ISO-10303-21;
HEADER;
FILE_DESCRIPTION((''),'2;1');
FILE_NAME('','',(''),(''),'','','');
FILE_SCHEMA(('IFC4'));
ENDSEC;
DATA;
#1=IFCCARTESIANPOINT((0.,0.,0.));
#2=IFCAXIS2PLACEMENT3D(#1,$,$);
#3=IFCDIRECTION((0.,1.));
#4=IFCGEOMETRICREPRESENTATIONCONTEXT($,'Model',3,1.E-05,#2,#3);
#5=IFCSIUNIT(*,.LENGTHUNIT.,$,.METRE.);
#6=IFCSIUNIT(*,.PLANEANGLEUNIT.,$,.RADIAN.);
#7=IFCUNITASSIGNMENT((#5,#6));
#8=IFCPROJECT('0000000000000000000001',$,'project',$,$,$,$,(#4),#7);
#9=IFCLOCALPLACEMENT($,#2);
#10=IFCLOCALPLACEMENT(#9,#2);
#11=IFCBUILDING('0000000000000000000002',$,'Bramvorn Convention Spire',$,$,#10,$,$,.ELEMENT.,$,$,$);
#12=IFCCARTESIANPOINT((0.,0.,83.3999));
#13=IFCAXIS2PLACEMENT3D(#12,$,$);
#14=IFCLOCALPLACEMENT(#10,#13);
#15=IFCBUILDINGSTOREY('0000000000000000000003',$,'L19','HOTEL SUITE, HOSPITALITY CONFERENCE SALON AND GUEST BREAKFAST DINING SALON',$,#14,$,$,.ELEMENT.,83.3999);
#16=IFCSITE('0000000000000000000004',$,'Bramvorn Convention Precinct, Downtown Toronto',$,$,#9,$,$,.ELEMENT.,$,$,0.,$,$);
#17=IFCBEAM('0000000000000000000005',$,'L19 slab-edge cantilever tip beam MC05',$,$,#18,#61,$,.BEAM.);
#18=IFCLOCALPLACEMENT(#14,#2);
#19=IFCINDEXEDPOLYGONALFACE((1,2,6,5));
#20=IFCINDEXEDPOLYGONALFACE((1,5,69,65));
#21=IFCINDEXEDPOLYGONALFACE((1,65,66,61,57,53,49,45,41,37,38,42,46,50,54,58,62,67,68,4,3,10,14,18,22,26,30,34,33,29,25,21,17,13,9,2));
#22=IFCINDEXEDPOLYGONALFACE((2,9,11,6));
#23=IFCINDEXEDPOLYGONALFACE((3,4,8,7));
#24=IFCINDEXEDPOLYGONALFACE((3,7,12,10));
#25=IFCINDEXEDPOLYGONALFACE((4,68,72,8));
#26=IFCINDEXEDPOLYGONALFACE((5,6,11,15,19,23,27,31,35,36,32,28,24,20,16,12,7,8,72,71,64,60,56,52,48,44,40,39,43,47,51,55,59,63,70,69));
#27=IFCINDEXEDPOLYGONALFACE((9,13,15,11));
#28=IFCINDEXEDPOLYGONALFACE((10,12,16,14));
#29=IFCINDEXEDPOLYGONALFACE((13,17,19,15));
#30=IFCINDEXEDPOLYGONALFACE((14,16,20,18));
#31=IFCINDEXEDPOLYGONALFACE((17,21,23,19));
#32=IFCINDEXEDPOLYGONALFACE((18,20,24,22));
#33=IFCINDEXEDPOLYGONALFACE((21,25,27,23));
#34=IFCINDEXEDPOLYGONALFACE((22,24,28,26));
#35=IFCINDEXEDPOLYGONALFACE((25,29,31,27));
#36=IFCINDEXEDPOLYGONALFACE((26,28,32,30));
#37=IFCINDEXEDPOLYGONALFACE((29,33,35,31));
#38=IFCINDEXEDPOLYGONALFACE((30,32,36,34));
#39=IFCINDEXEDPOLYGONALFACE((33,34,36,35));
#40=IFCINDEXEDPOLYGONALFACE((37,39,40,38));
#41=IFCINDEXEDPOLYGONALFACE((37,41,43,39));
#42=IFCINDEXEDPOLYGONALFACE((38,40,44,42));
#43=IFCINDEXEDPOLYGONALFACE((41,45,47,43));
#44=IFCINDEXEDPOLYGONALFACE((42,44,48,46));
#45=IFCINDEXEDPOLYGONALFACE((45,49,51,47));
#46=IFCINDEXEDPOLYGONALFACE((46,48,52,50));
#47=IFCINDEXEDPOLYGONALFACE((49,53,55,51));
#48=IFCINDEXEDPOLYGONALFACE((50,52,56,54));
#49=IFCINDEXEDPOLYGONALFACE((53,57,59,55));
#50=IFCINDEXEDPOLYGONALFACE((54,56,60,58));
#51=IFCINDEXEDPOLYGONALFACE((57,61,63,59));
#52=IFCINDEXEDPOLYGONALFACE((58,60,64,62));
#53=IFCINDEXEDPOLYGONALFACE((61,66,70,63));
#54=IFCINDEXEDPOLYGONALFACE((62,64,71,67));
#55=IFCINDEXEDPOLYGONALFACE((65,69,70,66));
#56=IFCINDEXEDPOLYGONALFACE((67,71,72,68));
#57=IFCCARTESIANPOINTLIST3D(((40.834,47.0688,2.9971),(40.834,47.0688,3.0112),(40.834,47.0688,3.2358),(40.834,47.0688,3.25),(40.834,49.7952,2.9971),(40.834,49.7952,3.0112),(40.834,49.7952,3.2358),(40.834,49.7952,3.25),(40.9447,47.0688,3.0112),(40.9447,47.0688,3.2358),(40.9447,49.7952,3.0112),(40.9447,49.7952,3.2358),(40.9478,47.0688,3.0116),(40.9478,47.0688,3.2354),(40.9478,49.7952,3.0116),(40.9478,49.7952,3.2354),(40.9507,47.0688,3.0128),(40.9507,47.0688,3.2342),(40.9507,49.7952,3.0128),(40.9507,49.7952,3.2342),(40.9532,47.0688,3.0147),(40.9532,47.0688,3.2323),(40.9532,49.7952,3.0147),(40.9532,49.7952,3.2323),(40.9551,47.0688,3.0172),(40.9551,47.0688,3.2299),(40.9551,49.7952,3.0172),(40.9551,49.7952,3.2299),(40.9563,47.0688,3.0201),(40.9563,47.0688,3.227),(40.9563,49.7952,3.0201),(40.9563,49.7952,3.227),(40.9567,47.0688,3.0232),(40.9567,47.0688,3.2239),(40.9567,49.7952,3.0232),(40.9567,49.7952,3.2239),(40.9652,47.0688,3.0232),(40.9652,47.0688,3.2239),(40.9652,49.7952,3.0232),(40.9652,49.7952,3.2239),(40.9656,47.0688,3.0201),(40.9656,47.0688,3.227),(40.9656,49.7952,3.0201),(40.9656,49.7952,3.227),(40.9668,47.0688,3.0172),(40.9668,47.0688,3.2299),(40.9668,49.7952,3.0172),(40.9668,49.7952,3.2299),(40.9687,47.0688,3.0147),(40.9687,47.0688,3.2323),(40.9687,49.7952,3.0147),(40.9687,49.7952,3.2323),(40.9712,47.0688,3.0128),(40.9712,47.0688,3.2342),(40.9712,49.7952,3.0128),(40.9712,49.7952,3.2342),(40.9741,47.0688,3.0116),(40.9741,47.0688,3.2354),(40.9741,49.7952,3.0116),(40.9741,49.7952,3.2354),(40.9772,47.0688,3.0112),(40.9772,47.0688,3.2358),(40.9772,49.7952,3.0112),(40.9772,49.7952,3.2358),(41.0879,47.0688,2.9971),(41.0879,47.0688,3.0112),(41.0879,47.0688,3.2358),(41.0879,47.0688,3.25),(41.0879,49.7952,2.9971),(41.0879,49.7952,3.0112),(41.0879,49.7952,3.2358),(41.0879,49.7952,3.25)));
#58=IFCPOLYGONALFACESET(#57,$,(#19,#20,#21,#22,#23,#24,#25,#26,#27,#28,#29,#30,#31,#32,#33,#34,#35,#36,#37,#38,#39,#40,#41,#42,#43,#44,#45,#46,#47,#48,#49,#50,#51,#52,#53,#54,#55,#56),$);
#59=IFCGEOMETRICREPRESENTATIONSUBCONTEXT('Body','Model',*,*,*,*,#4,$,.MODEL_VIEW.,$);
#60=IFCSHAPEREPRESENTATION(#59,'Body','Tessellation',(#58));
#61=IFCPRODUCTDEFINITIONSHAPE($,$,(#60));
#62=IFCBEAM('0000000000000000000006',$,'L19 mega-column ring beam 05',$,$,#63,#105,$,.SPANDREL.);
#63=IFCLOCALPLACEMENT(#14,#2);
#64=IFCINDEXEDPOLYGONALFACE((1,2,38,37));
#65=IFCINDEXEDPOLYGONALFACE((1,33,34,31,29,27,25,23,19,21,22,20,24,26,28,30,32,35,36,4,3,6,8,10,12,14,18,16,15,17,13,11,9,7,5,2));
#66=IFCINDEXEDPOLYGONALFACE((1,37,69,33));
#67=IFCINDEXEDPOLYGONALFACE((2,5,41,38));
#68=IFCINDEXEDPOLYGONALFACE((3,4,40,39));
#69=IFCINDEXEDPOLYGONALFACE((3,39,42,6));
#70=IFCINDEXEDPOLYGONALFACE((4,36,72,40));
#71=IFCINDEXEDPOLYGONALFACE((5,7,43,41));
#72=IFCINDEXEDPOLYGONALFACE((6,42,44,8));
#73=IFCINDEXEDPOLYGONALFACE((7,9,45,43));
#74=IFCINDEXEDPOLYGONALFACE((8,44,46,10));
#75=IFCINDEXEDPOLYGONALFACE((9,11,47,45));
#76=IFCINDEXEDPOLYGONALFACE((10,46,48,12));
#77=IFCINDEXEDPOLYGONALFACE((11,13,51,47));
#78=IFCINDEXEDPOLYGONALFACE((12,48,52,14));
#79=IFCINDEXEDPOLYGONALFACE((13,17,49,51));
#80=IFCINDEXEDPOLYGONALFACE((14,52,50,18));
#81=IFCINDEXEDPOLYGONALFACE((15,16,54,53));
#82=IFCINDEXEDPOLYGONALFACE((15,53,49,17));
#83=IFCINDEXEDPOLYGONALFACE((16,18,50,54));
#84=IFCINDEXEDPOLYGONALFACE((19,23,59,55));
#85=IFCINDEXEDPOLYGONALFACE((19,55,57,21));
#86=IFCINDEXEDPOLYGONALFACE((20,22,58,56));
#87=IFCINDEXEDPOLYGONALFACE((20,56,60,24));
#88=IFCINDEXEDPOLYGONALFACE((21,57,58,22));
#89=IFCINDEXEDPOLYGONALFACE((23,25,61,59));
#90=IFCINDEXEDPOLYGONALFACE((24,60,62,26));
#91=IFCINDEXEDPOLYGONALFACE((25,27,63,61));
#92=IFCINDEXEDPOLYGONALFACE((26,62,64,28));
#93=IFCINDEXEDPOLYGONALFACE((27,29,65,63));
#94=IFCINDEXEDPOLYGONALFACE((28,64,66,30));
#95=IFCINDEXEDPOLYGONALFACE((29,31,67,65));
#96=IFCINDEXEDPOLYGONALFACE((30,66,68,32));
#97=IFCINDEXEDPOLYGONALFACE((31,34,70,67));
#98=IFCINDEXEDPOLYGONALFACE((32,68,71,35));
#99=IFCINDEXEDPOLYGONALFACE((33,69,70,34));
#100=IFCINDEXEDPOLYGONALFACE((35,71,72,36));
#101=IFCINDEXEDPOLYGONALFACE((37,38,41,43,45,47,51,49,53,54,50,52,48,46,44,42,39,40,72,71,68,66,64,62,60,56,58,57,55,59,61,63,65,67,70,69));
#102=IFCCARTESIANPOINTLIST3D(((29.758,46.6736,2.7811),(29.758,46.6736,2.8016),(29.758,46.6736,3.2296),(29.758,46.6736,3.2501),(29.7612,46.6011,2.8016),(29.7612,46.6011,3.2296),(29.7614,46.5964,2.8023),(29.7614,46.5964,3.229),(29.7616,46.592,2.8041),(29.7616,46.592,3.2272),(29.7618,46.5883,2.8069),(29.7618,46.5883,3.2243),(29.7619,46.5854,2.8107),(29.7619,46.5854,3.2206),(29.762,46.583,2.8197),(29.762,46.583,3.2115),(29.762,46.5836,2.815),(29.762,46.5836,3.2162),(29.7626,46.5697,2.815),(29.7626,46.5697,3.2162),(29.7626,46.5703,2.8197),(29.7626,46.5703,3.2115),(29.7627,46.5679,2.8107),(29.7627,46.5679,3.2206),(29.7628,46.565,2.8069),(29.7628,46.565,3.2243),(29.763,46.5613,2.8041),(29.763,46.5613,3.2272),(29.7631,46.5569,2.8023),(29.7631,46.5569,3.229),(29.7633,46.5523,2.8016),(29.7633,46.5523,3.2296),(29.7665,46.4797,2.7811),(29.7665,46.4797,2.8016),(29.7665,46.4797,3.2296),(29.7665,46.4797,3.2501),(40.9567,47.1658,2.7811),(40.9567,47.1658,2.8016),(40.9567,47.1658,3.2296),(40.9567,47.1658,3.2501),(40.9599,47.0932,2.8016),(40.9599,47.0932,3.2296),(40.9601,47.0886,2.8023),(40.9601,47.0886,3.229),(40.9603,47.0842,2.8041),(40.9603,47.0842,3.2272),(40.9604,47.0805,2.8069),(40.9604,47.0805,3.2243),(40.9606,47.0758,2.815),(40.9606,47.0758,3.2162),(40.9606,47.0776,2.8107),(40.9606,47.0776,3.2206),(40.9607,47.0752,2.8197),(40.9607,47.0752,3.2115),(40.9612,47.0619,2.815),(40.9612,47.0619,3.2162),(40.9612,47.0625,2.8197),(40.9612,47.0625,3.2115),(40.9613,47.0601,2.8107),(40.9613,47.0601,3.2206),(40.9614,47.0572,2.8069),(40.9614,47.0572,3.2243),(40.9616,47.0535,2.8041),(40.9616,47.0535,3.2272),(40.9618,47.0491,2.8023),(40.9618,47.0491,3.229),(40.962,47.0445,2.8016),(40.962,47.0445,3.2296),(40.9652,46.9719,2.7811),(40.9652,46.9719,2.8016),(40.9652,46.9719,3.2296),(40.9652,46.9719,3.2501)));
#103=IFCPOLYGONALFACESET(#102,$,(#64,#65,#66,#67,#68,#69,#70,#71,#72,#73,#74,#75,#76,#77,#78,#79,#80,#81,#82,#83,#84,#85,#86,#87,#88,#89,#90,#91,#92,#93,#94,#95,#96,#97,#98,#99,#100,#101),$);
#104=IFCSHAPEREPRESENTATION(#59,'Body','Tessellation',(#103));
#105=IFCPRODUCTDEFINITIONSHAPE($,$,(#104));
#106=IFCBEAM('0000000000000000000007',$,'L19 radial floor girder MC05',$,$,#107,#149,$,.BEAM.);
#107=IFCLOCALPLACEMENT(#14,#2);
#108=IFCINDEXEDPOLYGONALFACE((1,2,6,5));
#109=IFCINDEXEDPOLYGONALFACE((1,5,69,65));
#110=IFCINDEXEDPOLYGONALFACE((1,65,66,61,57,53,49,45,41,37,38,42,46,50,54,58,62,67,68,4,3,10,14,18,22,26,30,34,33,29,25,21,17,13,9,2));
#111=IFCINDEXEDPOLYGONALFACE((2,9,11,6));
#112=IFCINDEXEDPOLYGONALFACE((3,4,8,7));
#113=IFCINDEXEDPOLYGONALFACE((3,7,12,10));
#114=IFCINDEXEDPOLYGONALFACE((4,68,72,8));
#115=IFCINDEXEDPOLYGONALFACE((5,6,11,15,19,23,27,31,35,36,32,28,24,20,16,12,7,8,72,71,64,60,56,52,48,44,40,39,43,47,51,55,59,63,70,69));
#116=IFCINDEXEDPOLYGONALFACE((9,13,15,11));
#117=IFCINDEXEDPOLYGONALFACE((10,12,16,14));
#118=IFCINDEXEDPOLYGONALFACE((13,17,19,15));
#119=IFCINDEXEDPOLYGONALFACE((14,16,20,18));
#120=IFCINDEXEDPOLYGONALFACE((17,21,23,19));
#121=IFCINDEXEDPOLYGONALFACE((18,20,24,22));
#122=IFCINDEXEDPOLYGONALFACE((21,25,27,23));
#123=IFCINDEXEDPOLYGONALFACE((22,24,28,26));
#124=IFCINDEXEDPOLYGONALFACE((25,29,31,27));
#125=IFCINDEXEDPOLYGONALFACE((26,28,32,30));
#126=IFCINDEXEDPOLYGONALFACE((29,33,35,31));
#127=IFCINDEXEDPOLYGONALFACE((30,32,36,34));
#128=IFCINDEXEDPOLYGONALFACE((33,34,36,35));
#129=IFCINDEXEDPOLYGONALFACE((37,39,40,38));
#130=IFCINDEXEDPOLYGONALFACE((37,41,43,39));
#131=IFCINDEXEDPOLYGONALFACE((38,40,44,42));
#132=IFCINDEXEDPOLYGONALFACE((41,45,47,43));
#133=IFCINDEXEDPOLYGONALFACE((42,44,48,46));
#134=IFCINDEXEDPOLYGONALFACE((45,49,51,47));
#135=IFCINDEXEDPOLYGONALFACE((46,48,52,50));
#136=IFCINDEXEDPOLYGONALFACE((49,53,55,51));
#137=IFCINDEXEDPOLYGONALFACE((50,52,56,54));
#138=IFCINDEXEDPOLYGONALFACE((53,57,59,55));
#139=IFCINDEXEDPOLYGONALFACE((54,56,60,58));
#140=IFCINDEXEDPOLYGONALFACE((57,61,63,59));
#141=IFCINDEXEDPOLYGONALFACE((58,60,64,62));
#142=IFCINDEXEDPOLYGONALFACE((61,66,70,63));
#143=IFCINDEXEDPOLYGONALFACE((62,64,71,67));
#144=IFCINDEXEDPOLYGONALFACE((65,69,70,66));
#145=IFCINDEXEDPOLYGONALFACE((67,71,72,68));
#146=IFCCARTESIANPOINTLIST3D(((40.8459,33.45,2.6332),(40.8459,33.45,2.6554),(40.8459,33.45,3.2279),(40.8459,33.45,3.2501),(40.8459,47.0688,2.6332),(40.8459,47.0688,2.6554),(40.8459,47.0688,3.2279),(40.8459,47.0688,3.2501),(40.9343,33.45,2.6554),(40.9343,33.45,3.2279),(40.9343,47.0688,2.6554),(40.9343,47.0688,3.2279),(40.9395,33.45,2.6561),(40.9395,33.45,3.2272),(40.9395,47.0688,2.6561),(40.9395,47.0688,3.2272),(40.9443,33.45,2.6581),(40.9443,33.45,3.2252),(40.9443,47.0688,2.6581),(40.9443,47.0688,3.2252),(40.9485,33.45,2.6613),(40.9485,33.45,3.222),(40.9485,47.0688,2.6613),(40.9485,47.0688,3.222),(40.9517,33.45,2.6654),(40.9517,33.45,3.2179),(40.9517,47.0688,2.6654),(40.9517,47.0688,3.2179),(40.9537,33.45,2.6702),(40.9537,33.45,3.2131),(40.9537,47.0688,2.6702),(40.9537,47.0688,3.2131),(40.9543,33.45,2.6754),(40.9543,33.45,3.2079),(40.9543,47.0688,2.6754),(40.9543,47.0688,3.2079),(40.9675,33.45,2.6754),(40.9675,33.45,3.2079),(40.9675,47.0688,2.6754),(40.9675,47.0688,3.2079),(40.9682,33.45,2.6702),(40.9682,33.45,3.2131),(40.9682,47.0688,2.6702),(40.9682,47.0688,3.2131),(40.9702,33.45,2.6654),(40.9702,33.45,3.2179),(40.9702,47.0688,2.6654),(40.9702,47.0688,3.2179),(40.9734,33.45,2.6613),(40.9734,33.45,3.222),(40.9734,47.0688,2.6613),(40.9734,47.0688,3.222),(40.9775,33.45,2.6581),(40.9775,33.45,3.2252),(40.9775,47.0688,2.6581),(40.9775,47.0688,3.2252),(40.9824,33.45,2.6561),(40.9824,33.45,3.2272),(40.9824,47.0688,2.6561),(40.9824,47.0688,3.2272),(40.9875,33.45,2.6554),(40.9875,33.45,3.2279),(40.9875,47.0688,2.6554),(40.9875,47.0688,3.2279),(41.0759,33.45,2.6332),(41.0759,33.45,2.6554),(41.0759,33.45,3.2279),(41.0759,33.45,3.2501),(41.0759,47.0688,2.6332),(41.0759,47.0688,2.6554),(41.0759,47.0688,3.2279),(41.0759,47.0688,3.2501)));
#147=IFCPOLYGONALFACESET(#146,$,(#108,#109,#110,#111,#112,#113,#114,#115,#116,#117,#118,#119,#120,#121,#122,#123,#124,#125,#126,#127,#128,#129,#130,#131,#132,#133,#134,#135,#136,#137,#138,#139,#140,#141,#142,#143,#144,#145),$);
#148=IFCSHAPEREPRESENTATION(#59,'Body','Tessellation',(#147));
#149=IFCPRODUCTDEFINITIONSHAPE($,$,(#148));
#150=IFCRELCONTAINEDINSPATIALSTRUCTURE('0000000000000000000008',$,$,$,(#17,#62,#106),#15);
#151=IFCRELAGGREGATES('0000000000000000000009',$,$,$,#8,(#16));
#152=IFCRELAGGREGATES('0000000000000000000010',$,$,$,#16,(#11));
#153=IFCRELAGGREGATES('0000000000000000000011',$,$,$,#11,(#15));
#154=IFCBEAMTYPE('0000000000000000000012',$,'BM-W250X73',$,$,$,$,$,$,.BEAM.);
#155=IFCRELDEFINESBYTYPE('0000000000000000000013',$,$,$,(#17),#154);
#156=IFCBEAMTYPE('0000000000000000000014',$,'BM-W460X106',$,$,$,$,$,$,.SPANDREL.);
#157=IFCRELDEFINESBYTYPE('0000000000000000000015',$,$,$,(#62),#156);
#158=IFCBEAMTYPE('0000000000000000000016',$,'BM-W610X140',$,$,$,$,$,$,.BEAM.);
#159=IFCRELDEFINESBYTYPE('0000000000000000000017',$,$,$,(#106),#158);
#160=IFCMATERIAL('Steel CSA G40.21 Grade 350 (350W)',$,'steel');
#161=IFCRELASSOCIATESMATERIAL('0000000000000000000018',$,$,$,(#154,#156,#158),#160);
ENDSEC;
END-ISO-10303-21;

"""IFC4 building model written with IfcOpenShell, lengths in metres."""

from ifc_helpers import new_model, si_unit, direction, frame, origin, origin_2d, place, context, subcontext, project, spatial, i_section, extrude, material, material_profile, profile_set, type_object, element, save


model = new_model("IFC4")

# Units and contexts
model_context = context("Model", 3, precision=1e-05, world=origin(), true_north=direction((0.0, 1.0)))
body_context = subcontext(model_context, "Body", "Model", "MODEL_VIEW")
ifc_project = project(units=[si_unit("LENGTHUNIT", "METRE"), si_unit("PLANEANGLEUNIT", "RADIAN")], contexts=[model_context])

# Site, building, storey
site_placement = place(None, origin())
site = spatial("IfcSite", under=ifc_project, at=site_placement, Name="Bramvorn Convention Precinct, Downtown Toronto", CompositionType="ELEMENT", RefElevation=0.0)
building_placement = place(site_placement, origin())
building = spatial("IfcBuilding", under=site, at=building_placement, Name="Bramvorn Convention Spire", CompositionType="ELEMENT")
storey_placement = place(building_placement, frame((0.0, 0.0, 83.3999)))
storey = spatial("IfcBuildingStorey", under=building, at=storey_placement, Name="L19", Description="HOTEL SUITE, HOSPITALITY CONFERENCE SALON AND GUEST BREAKFAST DINING SALON", CompositionType="ELEMENT", Elevation=83.3999)

# Shared definitions
ifc_material_1 = material(Name="Steel CSA G40.21 Grade 350 (350W)", Category="steel")

# Beams
ifc_material_profile_1 = material_profile(ifc_material_1, i_section(OverallWidth=0.2539, OverallDepth=0.2529, WebThickness=0.0085, FlangeThickness=0.0142, FilletRadius=0.012, at=origin_2d()))
ifc_profile_set_1 = profile_set([ifc_material_profile_1], Name="Steel CSA G40.21 Grade 350 (350W) - W250X73")
beam_type_1 = type_object("IfcBeamType", Name="BM-W250X73", PredefinedType="BEAM", material=ifc_profile_set_1)
beam_1_placement = place(storey_placement, frame((40.9609, 47.0688, 3.1235), z_axis=(0.0, 1.0, 0.0), x_axis=(-1.0, 0.0, 0.0)))
element("IfcBeam", 1, at=beam_1_placement, inside=storey, type_object=beam_type_1, Name="L19 slab-edge cantilever tip beam MC05", PredefinedType="BEAM", context=body_context, shape_type="SweptSolid", body=[
    extrude(i_section(OverallWidth=0.2539, OverallDepth=0.2529, WebThickness=0.0085, FlangeThickness=0.0142, FilletRadius=0.012, at=origin_2d()), origin(), (0.0, 0.0, 1.0), 2.7263),
])
ifc_material_profile_2 = material_profile(ifc_material_1, i_section(OverallWidth=0.1941, OverallDepth=0.469, WebThickness=0.0127, FlangeThickness=0.0205, FilletRadius=0.0181, at=origin_2d()))
ifc_profile_set_2 = profile_set([ifc_material_profile_2], Name="Steel CSA G40.21 Grade 350 (350W) - W460X106")
beam_type_2 = type_object("IfcBeamType", Name="BM-W460X106", PredefinedType="SPANDREL", material=ifc_profile_set_2)
beam_2_placement = place(storey_placement, frame((40.9609, 47.0688, 3.0156), z_axis=(-0.999036, -0.043908, 0.0), x_axis=(0.043908, -0.999036, 0.0)))
element("IfcBeam", 2, at=beam_2_placement, inside=storey, type_object=beam_type_2, Name="L19 mega-column ring beam 05", PredefinedType="SPANDREL", context=body_context, shape_type="SweptSolid", body=[
    extrude(i_section(OverallWidth=0.1941, OverallDepth=0.469, WebThickness=0.0127, FlangeThickness=0.0205, FilletRadius=0.0181, at=origin_2d()), origin(), (0.0, 0.0, 1.0), 11.2095),
])
ifc_material_profile_3 = material_profile(ifc_material_1, i_section(OverallWidth=0.23, OverallDepth=0.6169, WebThickness=0.0132, FlangeThickness=0.0222, FilletRadius=0.02, at=origin_2d()))
ifc_profile_set_3 = profile_set([ifc_material_profile_3], Name="Steel CSA G40.21 Grade 350 (350W) - W610X140")
beam_type_3 = type_object("IfcBeamType", Name="BM-W610X140", PredefinedType="BEAM", material=ifc_profile_set_3)
beam_3_placement = place(storey_placement, frame((40.9609, 33.45, 2.9417), z_axis=(0.0, 1.0, 0.0), x_axis=(-1.0, 0.0, 0.0)))
element("IfcBeam", 3, at=beam_3_placement, inside=storey, type_object=beam_type_3, Name="L19 radial floor girder MC05", PredefinedType="BEAM", context=body_context, shape_type="SweptSolid", body=[
    extrude(i_section(OverallWidth=0.23, OverallDepth=0.6169, WebThickness=0.0132, FlangeThickness=0.0222, FilletRadius=0.02, at=origin_2d()), origin(), (0.0, 0.0, 1.0), 13.6189),
])

save(model, "model.ifc")
